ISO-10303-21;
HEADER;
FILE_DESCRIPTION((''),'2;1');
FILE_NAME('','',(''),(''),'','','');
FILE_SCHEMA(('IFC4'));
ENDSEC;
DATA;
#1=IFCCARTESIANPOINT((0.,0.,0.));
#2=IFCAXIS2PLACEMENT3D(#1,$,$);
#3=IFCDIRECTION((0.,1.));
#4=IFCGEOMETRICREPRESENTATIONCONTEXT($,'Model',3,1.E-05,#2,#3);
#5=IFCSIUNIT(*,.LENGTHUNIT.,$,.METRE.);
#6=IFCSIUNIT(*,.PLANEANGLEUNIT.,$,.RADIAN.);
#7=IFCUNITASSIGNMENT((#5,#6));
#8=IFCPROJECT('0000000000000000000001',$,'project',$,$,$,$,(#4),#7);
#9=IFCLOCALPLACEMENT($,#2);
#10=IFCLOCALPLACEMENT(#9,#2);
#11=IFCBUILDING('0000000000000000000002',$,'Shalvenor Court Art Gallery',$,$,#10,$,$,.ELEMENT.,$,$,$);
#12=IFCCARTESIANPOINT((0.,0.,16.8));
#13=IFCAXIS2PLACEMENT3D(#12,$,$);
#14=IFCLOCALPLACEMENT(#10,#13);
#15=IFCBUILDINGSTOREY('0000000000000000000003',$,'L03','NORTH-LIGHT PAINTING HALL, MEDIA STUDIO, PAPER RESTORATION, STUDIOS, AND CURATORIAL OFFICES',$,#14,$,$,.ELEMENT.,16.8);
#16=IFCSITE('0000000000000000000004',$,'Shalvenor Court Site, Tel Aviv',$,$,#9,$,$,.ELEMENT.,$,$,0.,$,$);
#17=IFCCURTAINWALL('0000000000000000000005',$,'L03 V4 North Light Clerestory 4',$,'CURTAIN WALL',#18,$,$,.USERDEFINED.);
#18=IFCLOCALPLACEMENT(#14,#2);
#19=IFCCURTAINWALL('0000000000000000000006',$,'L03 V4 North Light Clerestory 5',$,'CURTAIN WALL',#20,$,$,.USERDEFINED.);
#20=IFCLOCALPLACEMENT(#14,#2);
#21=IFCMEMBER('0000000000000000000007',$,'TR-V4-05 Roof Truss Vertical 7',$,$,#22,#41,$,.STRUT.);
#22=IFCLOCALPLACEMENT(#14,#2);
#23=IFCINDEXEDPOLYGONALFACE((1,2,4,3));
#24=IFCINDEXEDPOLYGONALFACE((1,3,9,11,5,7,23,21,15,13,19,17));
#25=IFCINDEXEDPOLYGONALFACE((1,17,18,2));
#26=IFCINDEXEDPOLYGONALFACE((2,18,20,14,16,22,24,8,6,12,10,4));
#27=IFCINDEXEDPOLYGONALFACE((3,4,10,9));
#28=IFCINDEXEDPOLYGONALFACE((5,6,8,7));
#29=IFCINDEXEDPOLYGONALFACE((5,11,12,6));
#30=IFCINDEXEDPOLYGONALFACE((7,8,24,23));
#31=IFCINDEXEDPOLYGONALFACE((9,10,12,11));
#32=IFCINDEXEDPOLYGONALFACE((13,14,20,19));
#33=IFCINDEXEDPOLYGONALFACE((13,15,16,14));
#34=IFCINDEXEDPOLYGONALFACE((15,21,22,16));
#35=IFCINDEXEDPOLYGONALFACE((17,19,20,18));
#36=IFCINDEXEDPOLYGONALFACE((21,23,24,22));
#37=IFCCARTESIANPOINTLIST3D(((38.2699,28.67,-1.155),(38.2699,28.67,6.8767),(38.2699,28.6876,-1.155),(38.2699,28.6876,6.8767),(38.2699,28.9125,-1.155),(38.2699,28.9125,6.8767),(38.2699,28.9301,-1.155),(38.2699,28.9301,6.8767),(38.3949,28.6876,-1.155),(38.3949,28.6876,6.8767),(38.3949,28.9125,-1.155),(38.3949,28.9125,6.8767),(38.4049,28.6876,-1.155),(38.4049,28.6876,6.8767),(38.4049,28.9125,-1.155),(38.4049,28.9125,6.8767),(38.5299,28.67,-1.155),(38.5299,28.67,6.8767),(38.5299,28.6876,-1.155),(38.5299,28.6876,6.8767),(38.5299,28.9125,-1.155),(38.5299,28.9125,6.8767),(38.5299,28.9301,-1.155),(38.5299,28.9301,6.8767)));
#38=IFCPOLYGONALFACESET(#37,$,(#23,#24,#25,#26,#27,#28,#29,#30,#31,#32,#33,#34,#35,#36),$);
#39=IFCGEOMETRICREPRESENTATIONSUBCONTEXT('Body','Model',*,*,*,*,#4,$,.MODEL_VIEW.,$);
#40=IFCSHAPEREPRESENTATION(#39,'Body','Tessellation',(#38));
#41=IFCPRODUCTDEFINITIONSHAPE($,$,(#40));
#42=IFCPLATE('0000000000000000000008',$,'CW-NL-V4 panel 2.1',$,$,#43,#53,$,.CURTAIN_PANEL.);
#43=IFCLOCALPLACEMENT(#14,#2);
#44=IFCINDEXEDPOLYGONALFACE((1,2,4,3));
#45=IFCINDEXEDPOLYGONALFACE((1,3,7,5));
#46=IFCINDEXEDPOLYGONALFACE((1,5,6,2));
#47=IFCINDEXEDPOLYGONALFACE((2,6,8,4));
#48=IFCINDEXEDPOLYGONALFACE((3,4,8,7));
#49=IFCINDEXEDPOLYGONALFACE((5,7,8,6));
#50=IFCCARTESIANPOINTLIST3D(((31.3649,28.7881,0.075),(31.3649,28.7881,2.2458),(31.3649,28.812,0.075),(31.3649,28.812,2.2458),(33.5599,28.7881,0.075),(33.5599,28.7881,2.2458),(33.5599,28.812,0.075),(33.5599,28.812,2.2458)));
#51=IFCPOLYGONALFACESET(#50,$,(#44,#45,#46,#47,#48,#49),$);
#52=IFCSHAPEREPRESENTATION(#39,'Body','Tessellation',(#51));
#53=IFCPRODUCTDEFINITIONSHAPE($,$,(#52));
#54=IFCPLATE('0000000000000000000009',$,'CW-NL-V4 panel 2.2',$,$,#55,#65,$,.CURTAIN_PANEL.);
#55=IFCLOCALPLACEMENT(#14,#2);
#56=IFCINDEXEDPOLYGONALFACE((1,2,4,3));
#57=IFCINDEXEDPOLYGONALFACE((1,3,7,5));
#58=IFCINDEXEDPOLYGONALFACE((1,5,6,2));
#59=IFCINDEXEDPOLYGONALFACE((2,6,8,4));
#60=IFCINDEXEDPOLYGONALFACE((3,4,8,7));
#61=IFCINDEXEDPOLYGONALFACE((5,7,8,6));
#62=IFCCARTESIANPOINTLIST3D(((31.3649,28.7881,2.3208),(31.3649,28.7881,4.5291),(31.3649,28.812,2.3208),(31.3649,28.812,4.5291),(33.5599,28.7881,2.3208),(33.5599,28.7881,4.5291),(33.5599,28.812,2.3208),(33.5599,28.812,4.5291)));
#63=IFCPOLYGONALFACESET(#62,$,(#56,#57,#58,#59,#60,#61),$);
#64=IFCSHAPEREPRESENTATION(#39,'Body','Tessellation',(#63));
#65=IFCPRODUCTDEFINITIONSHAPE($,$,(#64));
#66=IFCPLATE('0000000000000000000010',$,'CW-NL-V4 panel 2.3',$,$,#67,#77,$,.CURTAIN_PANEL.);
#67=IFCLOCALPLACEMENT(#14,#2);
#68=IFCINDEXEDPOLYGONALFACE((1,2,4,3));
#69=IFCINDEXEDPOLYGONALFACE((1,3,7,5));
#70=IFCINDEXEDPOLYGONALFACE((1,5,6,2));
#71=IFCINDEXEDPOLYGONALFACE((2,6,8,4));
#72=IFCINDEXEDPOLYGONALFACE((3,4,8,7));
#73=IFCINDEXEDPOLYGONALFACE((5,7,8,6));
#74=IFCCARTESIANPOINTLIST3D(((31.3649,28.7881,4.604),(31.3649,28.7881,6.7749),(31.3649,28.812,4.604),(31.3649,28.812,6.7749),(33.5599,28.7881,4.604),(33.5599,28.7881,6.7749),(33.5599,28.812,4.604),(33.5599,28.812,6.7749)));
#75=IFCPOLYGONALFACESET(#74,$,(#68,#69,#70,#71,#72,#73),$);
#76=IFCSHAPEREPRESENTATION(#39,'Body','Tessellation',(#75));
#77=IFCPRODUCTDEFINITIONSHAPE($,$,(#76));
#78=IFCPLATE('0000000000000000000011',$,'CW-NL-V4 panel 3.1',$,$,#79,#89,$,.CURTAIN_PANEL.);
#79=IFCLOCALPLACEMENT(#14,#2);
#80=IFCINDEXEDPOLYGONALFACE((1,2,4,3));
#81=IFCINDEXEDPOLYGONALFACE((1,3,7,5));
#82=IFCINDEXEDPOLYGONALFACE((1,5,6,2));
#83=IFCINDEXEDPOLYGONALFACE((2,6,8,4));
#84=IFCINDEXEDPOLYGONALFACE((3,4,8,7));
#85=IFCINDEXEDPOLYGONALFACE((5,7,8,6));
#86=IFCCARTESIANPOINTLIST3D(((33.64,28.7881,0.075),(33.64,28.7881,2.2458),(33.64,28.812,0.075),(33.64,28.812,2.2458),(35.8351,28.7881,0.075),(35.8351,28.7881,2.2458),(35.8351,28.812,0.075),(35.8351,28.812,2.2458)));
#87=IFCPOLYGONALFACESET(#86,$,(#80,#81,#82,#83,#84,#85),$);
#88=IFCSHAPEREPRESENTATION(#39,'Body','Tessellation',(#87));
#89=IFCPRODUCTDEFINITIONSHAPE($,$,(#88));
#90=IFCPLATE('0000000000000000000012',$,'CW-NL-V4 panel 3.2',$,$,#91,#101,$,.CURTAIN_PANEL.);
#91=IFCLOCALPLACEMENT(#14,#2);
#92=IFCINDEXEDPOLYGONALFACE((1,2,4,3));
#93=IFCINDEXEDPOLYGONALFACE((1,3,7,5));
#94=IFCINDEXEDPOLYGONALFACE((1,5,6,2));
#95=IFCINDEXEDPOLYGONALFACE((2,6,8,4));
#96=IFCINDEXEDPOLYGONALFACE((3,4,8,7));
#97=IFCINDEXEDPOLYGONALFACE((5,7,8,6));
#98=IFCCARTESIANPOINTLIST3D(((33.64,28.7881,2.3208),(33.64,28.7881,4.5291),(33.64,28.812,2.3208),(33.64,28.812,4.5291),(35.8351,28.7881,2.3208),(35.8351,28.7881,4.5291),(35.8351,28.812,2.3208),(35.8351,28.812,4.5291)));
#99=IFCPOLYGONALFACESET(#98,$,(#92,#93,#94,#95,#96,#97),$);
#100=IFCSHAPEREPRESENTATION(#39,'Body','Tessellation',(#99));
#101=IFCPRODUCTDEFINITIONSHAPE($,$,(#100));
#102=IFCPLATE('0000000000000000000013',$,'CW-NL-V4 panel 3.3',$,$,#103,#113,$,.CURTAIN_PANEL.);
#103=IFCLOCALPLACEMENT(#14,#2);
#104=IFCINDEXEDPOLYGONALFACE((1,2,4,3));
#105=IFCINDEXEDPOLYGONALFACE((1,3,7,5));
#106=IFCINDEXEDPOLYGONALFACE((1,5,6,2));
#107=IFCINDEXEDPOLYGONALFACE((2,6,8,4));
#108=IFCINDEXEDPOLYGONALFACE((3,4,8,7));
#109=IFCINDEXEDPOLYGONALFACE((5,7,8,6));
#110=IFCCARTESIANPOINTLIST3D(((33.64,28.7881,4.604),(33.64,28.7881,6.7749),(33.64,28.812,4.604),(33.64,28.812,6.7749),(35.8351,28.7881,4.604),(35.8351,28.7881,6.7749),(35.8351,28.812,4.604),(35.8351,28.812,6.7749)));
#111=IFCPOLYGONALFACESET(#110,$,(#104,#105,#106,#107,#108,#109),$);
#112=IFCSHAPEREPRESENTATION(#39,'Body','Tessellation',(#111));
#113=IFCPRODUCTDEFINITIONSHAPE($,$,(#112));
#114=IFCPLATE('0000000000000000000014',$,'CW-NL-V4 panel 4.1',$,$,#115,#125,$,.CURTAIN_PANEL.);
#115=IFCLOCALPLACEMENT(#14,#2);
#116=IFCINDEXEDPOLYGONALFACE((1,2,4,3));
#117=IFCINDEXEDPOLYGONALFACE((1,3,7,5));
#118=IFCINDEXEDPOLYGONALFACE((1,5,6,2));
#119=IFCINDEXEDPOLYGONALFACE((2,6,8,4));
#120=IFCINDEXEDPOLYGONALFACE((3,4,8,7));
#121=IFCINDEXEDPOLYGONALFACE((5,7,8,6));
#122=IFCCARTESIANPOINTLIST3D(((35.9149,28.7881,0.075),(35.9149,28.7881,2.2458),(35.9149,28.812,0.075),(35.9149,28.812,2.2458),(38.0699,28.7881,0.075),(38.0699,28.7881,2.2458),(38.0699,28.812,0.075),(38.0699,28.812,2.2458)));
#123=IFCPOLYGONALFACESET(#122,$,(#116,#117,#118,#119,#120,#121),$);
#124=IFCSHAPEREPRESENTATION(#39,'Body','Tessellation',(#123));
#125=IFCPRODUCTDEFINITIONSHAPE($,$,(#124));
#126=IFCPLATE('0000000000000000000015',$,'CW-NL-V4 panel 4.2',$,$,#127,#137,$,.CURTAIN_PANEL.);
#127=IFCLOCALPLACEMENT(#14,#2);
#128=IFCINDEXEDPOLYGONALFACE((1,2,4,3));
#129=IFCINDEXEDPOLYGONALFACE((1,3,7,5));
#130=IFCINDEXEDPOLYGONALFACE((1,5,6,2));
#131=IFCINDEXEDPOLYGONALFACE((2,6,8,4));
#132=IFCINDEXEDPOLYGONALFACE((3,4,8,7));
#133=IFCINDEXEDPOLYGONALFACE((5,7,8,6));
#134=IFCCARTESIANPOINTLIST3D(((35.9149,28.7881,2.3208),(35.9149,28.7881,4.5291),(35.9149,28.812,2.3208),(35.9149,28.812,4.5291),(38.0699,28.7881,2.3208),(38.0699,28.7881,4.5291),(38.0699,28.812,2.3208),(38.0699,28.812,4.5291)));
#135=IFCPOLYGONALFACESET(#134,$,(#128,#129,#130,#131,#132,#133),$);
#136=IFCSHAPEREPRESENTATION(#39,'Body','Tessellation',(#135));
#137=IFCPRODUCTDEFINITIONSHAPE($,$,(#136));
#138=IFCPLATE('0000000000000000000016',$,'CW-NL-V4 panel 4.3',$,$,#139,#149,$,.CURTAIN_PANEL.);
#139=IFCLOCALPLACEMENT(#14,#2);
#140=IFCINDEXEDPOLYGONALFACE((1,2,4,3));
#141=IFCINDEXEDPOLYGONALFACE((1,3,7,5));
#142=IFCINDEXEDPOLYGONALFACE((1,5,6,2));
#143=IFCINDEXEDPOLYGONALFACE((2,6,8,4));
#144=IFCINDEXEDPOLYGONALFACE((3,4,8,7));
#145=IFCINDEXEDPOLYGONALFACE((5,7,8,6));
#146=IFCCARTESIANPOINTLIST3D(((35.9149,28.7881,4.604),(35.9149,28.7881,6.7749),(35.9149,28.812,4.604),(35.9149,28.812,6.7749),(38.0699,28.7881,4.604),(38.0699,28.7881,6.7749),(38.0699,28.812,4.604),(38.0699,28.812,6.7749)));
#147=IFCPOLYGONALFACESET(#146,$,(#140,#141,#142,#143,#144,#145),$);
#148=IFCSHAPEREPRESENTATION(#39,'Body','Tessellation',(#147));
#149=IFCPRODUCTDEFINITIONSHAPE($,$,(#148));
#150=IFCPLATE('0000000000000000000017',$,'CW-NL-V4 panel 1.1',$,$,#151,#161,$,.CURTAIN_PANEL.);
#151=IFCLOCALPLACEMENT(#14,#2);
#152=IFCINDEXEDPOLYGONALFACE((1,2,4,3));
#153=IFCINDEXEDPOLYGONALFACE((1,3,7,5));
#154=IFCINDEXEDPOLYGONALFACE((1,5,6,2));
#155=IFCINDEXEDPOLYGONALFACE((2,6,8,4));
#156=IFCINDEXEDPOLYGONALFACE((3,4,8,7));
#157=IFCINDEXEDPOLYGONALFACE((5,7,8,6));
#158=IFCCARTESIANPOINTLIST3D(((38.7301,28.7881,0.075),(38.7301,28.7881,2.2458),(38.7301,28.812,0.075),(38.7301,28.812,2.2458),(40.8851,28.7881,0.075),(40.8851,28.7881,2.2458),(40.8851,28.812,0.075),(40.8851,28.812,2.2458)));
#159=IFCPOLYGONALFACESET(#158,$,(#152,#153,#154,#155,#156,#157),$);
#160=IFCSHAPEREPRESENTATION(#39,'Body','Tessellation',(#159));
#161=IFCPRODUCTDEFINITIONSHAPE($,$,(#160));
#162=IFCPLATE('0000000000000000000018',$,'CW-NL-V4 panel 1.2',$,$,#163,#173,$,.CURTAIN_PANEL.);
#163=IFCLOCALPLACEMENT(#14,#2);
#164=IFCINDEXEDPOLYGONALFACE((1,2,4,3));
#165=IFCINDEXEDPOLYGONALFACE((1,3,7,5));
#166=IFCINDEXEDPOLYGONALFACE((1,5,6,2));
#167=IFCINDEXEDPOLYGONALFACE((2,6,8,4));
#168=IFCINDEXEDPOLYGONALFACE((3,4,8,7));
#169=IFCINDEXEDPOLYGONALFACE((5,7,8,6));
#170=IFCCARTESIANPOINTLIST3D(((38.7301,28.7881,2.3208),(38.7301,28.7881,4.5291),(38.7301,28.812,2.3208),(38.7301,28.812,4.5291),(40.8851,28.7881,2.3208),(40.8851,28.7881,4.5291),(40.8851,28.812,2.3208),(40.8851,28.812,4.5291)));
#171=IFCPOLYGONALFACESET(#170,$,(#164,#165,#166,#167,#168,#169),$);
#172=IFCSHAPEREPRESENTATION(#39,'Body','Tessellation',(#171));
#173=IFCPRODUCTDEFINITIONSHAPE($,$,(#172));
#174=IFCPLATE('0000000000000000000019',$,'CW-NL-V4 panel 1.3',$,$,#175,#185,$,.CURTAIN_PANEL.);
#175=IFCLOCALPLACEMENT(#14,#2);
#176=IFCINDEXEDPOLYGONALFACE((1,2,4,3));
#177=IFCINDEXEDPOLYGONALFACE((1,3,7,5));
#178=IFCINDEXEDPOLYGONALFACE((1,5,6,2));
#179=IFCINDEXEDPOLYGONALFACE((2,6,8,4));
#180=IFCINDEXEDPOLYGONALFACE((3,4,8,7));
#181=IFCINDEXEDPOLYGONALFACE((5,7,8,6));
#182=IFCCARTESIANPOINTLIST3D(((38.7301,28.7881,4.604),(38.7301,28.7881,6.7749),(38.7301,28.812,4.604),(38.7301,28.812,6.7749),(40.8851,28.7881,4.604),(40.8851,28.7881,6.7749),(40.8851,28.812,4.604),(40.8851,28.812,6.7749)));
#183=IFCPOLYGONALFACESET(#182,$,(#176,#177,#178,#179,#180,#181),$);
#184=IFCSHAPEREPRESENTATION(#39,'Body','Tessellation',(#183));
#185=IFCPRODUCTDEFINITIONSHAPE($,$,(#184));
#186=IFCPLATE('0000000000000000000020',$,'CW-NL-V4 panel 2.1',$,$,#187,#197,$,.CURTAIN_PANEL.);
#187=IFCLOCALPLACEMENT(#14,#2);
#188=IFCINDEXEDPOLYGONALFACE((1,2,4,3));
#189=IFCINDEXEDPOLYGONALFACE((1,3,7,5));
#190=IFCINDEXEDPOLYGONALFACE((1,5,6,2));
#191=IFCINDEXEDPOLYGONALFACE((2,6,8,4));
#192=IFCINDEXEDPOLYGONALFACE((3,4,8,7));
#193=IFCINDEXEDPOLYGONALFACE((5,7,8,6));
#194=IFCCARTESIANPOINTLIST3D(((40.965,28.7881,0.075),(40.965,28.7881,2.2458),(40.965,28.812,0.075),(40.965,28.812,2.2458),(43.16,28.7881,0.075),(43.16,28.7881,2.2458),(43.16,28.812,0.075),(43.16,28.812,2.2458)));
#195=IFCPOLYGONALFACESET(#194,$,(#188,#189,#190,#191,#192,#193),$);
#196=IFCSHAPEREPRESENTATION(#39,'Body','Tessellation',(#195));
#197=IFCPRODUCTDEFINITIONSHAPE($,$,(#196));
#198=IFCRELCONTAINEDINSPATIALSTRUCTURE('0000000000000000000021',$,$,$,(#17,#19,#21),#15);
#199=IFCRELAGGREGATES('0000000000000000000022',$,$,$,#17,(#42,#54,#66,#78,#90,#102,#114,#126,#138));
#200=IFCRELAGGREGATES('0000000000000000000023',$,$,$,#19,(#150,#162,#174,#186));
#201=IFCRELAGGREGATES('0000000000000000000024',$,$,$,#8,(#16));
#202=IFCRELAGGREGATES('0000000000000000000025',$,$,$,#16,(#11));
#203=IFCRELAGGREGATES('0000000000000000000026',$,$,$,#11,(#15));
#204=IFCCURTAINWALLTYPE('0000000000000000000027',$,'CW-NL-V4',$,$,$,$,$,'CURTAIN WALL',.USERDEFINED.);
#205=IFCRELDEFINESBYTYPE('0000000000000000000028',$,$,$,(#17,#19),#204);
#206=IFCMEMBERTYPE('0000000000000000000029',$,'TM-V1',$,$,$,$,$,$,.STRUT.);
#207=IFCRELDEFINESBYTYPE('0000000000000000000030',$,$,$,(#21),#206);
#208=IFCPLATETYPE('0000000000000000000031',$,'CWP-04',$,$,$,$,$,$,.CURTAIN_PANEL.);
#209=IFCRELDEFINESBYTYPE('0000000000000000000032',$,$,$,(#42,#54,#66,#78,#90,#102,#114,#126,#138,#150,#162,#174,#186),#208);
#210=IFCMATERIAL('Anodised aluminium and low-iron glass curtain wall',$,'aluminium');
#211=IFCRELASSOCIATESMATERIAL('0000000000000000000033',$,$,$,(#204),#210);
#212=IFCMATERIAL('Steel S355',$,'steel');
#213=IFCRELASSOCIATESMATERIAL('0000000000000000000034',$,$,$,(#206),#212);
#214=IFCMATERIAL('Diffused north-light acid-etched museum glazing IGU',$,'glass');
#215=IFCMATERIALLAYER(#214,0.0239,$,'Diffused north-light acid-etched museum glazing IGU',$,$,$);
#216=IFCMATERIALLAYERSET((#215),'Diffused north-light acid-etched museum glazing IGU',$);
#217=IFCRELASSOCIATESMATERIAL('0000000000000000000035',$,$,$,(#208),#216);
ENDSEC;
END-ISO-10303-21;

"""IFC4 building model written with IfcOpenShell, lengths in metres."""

from ifc_helpers import new_model, si_unit, direction, frame, origin, origin_2d, place, context, subcontext, project, spatial, rectangle, i_section, extrude, material, layer, layer_set, material_profile, profile_set, type_object, element, aggregate, save


model = new_model("IFC4")

# Units and contexts
model_context = context("Model", 3, precision=1e-05, world=origin(), true_north=direction((0.0, 1.0)))
body_context = subcontext(model_context, "Body", "Model", "MODEL_VIEW")
ifc_project = project(units=[si_unit("LENGTHUNIT", "METRE"), si_unit("PLANEANGLEUNIT", "RADIAN")], contexts=[model_context])

# Site, building, storey
site_placement = place(None, origin())
site = spatial("IfcSite", under=ifc_project, at=site_placement, Name="Shalvenor Court Site, Tel Aviv", CompositionType="ELEMENT", RefElevation=0.0)
building_placement = place(site_placement, origin())
building = spatial("IfcBuilding", under=site, at=building_placement, Name="Shalvenor Court Art Gallery", CompositionType="ELEMENT")
storey_placement = place(building_placement, frame((0.0, 0.0, 16.8)))
storey = spatial("IfcBuildingStorey", under=building, at=storey_placement, Name="L03", Description="NORTH-LIGHT PAINTING HALL, MEDIA STUDIO, PAPER RESTORATION, STUDIOS, AND CURATORIAL OFFICES", CompositionType="ELEMENT", Elevation=16.8)

# Curtain walls
ifc_material_1 = material(Name="Anodised aluminium and low-iron glass curtain wall", Category="aluminium")
curtain_wall_type = type_object("IfcCurtainWallType", Name="CW-NL-V4", ElementType="CURTAIN WALL", PredefinedType="USERDEFINED", material=ifc_material_1)
curtain_wall_1_placement = place(storey_placement, origin())
curtain_wall_1 = element("IfcCurtainWall", 1, at=curtain_wall_1_placement, inside=storey, type_object=curtain_wall_type, Name="L03 V4 North Light Clerestory 4", ObjectType="CURTAIN WALL", PredefinedType="USERDEFINED")
curtain_wall_2_placement = place(storey_placement, origin())
curtain_wall_2 = element("IfcCurtainWall", 2, at=curtain_wall_2_placement, inside=storey, type_object=curtain_wall_type, Name="L03 V4 North Light Clerestory 5", ObjectType="CURTAIN WALL", PredefinedType="USERDEFINED")

# Member
ifc_material_2 = material(Name="Steel S355", Category="steel")
ifc_material_profile_1 = material_profile(ifc_material_2, i_section(OverallWidth=0.26, OverallDepth=0.26, WebThickness=0.01, FlangeThickness=0.0176, at=origin_2d()), Name="HEB 260")
ifc_profile_set_1 = profile_set([ifc_material_profile_1], Name="Steel S355")
member_type_1 = type_object("IfcMemberType", Name="TM-V1", PredefinedType="STRUT", material=ifc_profile_set_1)
member_1_placement = place(storey_placement, frame((38.3999, 28.8, -1.155), z_axis=(0.0, 0.0, 1.0), x_axis=(1.0, 0.0, 0.0)))
element("IfcMember", 3, at=member_1_placement, inside=storey, type_object=member_type_1, Name="TR-V4-05 Roof Truss Vertical 7", PredefinedType="STRUT", context=body_context, shape_type="SweptSolid", body=[
    extrude(i_section(OverallWidth=0.26, OverallDepth=0.26, WebThickness=0.01, FlangeThickness=0.0176, at=origin_2d()), origin(), (0.0, 0.0, 1.0), 8.0317),
])

# Plates
ifc_material_3 = material(Name="Diffused north-light acid-etched museum glazing IGU", Category="glass")
ifc_layer_1 = layer(ifc_material_3, 0.0239, Name="Diffused north-light acid-etched museum glazing IGU")
ifc_layer_set_1 = layer_set([ifc_layer_1], Name="Diffused north-light acid-etched museum glazing IGU")
plate_type_1 = type_object("IfcPlateType", Name="CWP-04", PredefinedType="CURTAIN_PANEL", material=ifc_layer_set_1)
plate_1_placement = place(storey_placement, frame((32.4624, 28.8, 0.075), z_axis=(0.0, 0.0, 1.0), x_axis=(1.0, 0.0, 0.0)))
plate_1 = element("IfcPlate", 4, at=plate_1_placement, type_object=plate_type_1, Name="CW-NL-V4 panel 2.1", PredefinedType="CURTAIN_PANEL", context=body_context, shape_type="SweptSolid", body=[
    extrude(rectangle(XDim=2.1951, YDim=0.0239, at=origin_2d()), origin(), (0.0, 0.0, 1.0), 2.1709),
])
plate_2_placement = place(storey_placement, frame((32.4624, 28.8, 2.3208), z_axis=(0.0, 0.0, 1.0), x_axis=(1.0, 0.0, 0.0)))
plate_2 = element("IfcPlate", 5, at=plate_2_placement, type_object=plate_type_1, Name="CW-NL-V4 panel 2.2", PredefinedType="CURTAIN_PANEL", context=body_context, shape_type="SweptSolid", body=[
    extrude(rectangle(XDim=2.1951, YDim=0.0239, at=origin_2d()), origin(), (0.0, 0.0, 1.0), 2.2083),
])
plate_3_placement = place(storey_placement, frame((32.4624, 28.8, 4.604), z_axis=(0.0, 0.0, 1.0), x_axis=(1.0, 0.0, 0.0)))
plate_3 = element("IfcPlate", 6, at=plate_3_placement, type_object=plate_type_1, Name="CW-NL-V4 panel 2.3", PredefinedType="CURTAIN_PANEL", context=body_context, shape_type="SweptSolid", body=[
    extrude(rectangle(XDim=2.1951, YDim=0.0239, at=origin_2d()), origin(), (0.0, 0.0, 1.0), 2.1709),
])
plate_4_placement = place(storey_placement, frame((34.7375, 28.8, 0.075), z_axis=(0.0, 0.0, 1.0), x_axis=(1.0, 0.0, 0.0)))
plate_4 = element("IfcPlate", 7, at=plate_4_placement, type_object=plate_type_1, Name="CW-NL-V4 panel 3.1", PredefinedType="CURTAIN_PANEL", context=body_context, shape_type="SweptSolid", body=[
    extrude(rectangle(XDim=2.1951, YDim=0.0239, at=origin_2d()), origin(), (0.0, 0.0, 1.0), 2.1709),
])
plate_5_placement = place(storey_placement, frame((34.7375, 28.8, 2.3208), z_axis=(0.0, 0.0, 1.0), x_axis=(1.0, 0.0, 0.0)))
plate_5 = element("IfcPlate", 8, at=plate_5_placement, type_object=plate_type_1, Name="CW-NL-V4 panel 3.2", PredefinedType="CURTAIN_PANEL", context=body_context, shape_type="SweptSolid", body=[
    extrude(rectangle(XDim=2.1951, YDim=0.0239, at=origin_2d()), origin(), (0.0, 0.0, 1.0), 2.2083),
])
plate_6_placement = place(storey_placement, frame((34.7375, 28.8, 4.604), z_axis=(0.0, 0.0, 1.0), x_axis=(1.0, 0.0, 0.0)))
plate_6 = element("IfcPlate", 9, at=plate_6_placement, type_object=plate_type_1, Name="CW-NL-V4 panel 3.3", PredefinedType="CURTAIN_PANEL", context=body_context, shape_type="SweptSolid", body=[
    extrude(rectangle(XDim=2.1951, YDim=0.0239, at=origin_2d()), origin(), (0.0, 0.0, 1.0), 2.1709),
])
plate_7_placement = place(storey_placement, frame((36.9924, 28.8, 0.075), z_axis=(0.0, 0.0, 1.0), x_axis=(1.0, 0.0, 0.0)))
plate_7 = element("IfcPlate", 10, at=plate_7_placement, type_object=plate_type_1, Name="CW-NL-V4 panel 4.1", PredefinedType="CURTAIN_PANEL", context=body_context, shape_type="SweptSolid", body=[
    extrude(rectangle(XDim=2.155, YDim=0.0239, at=origin_2d()), origin(), (0.0, 0.0, 1.0), 2.1709),
])
plate_8_placement = place(storey_placement, frame((36.9924, 28.8, 2.3208), z_axis=(0.0, 0.0, 1.0), x_axis=(1.0, 0.0, 0.0)))
plate_8 = element("IfcPlate", 11, at=plate_8_placement, type_object=plate_type_1, Name="CW-NL-V4 panel 4.2", PredefinedType="CURTAIN_PANEL", context=body_context, shape_type="SweptSolid", body=[
    extrude(rectangle(XDim=2.155, YDim=0.0239, at=origin_2d()), origin(), (0.0, 0.0, 1.0), 2.2083),
])
plate_9_placement = place(storey_placement, frame((36.9924, 28.8, 4.604), z_axis=(0.0, 0.0, 1.0), x_axis=(1.0, 0.0, 0.0)))
plate_9 = element("IfcPlate", 12, at=plate_9_placement, type_object=plate_type_1, Name="CW-NL-V4 panel 4.3", PredefinedType="CURTAIN_PANEL", context=body_context, shape_type="SweptSolid", body=[
    extrude(rectangle(XDim=2.155, YDim=0.0239, at=origin_2d()), origin(), (0.0, 0.0, 1.0), 2.1709),
])
aggregate(curtain_wall_1, [plate_1, plate_2, plate_3, plate_4, plate_5, plate_6, plate_7, plate_8, plate_9])
plate_10_placement = place(storey_placement, frame((39.8076, 28.8, 0.075), z_axis=(0.0, 0.0, 1.0), x_axis=(1.0, 0.0, 0.0)))
plate_10 = element("IfcPlate", 13, at=plate_10_placement, type_object=plate_type_1, Name="CW-NL-V4 panel 1.1", PredefinedType="CURTAIN_PANEL", context=body_context, shape_type="SweptSolid", body=[
    extrude(rectangle(XDim=2.155, YDim=0.0239, at=origin_2d()), origin(), (0.0, 0.0, 1.0), 2.1709),
])
plate_11_placement = place(storey_placement, frame((39.8076, 28.8, 2.3208), z_axis=(0.0, 0.0, 1.0), x_axis=(1.0, 0.0, 0.0)))
plate_11 = element("IfcPlate", 14, at=plate_11_placement, type_object=plate_type_1, Name="CW-NL-V4 panel 1.2", PredefinedType="CURTAIN_PANEL", context=body_context, shape_type="SweptSolid", body=[
    extrude(rectangle(XDim=2.155, YDim=0.0239, at=origin_2d()), origin(), (0.0, 0.0, 1.0), 2.2083),
])
plate_12_placement = place(storey_placement, frame((39.8076, 28.8, 4.604), z_axis=(0.0, 0.0, 1.0), x_axis=(1.0, 0.0, 0.0)))
plate_12 = element("IfcPlate", 15, at=plate_12_placement, type_object=plate_type_1, Name="CW-NL-V4 panel 1.3", PredefinedType="CURTAIN_PANEL", context=body_context, shape_type="SweptSolid", body=[
    extrude(rectangle(XDim=2.155, YDim=0.0239, at=origin_2d()), origin(), (0.0, 0.0, 1.0), 2.1709),
])
plate_13_placement = place(storey_placement, frame((42.0625, 28.8, 0.075), z_axis=(0.0, 0.0, 1.0), x_axis=(1.0, 0.0, 0.0)))
plate_13 = element("IfcPlate", 16, at=plate_13_placement, type_object=plate_type_1, Name="CW-NL-V4 panel 2.1", PredefinedType="CURTAIN_PANEL", context=body_context, shape_type="SweptSolid", body=[
    extrude(rectangle(XDim=2.1951, YDim=0.0239, at=origin_2d()), origin(), (0.0, 0.0, 1.0), 2.1709),
])
aggregate(curtain_wall_2, [plate_10, plate_11, plate_12, plate_13])

save(model, "model.ifc")
